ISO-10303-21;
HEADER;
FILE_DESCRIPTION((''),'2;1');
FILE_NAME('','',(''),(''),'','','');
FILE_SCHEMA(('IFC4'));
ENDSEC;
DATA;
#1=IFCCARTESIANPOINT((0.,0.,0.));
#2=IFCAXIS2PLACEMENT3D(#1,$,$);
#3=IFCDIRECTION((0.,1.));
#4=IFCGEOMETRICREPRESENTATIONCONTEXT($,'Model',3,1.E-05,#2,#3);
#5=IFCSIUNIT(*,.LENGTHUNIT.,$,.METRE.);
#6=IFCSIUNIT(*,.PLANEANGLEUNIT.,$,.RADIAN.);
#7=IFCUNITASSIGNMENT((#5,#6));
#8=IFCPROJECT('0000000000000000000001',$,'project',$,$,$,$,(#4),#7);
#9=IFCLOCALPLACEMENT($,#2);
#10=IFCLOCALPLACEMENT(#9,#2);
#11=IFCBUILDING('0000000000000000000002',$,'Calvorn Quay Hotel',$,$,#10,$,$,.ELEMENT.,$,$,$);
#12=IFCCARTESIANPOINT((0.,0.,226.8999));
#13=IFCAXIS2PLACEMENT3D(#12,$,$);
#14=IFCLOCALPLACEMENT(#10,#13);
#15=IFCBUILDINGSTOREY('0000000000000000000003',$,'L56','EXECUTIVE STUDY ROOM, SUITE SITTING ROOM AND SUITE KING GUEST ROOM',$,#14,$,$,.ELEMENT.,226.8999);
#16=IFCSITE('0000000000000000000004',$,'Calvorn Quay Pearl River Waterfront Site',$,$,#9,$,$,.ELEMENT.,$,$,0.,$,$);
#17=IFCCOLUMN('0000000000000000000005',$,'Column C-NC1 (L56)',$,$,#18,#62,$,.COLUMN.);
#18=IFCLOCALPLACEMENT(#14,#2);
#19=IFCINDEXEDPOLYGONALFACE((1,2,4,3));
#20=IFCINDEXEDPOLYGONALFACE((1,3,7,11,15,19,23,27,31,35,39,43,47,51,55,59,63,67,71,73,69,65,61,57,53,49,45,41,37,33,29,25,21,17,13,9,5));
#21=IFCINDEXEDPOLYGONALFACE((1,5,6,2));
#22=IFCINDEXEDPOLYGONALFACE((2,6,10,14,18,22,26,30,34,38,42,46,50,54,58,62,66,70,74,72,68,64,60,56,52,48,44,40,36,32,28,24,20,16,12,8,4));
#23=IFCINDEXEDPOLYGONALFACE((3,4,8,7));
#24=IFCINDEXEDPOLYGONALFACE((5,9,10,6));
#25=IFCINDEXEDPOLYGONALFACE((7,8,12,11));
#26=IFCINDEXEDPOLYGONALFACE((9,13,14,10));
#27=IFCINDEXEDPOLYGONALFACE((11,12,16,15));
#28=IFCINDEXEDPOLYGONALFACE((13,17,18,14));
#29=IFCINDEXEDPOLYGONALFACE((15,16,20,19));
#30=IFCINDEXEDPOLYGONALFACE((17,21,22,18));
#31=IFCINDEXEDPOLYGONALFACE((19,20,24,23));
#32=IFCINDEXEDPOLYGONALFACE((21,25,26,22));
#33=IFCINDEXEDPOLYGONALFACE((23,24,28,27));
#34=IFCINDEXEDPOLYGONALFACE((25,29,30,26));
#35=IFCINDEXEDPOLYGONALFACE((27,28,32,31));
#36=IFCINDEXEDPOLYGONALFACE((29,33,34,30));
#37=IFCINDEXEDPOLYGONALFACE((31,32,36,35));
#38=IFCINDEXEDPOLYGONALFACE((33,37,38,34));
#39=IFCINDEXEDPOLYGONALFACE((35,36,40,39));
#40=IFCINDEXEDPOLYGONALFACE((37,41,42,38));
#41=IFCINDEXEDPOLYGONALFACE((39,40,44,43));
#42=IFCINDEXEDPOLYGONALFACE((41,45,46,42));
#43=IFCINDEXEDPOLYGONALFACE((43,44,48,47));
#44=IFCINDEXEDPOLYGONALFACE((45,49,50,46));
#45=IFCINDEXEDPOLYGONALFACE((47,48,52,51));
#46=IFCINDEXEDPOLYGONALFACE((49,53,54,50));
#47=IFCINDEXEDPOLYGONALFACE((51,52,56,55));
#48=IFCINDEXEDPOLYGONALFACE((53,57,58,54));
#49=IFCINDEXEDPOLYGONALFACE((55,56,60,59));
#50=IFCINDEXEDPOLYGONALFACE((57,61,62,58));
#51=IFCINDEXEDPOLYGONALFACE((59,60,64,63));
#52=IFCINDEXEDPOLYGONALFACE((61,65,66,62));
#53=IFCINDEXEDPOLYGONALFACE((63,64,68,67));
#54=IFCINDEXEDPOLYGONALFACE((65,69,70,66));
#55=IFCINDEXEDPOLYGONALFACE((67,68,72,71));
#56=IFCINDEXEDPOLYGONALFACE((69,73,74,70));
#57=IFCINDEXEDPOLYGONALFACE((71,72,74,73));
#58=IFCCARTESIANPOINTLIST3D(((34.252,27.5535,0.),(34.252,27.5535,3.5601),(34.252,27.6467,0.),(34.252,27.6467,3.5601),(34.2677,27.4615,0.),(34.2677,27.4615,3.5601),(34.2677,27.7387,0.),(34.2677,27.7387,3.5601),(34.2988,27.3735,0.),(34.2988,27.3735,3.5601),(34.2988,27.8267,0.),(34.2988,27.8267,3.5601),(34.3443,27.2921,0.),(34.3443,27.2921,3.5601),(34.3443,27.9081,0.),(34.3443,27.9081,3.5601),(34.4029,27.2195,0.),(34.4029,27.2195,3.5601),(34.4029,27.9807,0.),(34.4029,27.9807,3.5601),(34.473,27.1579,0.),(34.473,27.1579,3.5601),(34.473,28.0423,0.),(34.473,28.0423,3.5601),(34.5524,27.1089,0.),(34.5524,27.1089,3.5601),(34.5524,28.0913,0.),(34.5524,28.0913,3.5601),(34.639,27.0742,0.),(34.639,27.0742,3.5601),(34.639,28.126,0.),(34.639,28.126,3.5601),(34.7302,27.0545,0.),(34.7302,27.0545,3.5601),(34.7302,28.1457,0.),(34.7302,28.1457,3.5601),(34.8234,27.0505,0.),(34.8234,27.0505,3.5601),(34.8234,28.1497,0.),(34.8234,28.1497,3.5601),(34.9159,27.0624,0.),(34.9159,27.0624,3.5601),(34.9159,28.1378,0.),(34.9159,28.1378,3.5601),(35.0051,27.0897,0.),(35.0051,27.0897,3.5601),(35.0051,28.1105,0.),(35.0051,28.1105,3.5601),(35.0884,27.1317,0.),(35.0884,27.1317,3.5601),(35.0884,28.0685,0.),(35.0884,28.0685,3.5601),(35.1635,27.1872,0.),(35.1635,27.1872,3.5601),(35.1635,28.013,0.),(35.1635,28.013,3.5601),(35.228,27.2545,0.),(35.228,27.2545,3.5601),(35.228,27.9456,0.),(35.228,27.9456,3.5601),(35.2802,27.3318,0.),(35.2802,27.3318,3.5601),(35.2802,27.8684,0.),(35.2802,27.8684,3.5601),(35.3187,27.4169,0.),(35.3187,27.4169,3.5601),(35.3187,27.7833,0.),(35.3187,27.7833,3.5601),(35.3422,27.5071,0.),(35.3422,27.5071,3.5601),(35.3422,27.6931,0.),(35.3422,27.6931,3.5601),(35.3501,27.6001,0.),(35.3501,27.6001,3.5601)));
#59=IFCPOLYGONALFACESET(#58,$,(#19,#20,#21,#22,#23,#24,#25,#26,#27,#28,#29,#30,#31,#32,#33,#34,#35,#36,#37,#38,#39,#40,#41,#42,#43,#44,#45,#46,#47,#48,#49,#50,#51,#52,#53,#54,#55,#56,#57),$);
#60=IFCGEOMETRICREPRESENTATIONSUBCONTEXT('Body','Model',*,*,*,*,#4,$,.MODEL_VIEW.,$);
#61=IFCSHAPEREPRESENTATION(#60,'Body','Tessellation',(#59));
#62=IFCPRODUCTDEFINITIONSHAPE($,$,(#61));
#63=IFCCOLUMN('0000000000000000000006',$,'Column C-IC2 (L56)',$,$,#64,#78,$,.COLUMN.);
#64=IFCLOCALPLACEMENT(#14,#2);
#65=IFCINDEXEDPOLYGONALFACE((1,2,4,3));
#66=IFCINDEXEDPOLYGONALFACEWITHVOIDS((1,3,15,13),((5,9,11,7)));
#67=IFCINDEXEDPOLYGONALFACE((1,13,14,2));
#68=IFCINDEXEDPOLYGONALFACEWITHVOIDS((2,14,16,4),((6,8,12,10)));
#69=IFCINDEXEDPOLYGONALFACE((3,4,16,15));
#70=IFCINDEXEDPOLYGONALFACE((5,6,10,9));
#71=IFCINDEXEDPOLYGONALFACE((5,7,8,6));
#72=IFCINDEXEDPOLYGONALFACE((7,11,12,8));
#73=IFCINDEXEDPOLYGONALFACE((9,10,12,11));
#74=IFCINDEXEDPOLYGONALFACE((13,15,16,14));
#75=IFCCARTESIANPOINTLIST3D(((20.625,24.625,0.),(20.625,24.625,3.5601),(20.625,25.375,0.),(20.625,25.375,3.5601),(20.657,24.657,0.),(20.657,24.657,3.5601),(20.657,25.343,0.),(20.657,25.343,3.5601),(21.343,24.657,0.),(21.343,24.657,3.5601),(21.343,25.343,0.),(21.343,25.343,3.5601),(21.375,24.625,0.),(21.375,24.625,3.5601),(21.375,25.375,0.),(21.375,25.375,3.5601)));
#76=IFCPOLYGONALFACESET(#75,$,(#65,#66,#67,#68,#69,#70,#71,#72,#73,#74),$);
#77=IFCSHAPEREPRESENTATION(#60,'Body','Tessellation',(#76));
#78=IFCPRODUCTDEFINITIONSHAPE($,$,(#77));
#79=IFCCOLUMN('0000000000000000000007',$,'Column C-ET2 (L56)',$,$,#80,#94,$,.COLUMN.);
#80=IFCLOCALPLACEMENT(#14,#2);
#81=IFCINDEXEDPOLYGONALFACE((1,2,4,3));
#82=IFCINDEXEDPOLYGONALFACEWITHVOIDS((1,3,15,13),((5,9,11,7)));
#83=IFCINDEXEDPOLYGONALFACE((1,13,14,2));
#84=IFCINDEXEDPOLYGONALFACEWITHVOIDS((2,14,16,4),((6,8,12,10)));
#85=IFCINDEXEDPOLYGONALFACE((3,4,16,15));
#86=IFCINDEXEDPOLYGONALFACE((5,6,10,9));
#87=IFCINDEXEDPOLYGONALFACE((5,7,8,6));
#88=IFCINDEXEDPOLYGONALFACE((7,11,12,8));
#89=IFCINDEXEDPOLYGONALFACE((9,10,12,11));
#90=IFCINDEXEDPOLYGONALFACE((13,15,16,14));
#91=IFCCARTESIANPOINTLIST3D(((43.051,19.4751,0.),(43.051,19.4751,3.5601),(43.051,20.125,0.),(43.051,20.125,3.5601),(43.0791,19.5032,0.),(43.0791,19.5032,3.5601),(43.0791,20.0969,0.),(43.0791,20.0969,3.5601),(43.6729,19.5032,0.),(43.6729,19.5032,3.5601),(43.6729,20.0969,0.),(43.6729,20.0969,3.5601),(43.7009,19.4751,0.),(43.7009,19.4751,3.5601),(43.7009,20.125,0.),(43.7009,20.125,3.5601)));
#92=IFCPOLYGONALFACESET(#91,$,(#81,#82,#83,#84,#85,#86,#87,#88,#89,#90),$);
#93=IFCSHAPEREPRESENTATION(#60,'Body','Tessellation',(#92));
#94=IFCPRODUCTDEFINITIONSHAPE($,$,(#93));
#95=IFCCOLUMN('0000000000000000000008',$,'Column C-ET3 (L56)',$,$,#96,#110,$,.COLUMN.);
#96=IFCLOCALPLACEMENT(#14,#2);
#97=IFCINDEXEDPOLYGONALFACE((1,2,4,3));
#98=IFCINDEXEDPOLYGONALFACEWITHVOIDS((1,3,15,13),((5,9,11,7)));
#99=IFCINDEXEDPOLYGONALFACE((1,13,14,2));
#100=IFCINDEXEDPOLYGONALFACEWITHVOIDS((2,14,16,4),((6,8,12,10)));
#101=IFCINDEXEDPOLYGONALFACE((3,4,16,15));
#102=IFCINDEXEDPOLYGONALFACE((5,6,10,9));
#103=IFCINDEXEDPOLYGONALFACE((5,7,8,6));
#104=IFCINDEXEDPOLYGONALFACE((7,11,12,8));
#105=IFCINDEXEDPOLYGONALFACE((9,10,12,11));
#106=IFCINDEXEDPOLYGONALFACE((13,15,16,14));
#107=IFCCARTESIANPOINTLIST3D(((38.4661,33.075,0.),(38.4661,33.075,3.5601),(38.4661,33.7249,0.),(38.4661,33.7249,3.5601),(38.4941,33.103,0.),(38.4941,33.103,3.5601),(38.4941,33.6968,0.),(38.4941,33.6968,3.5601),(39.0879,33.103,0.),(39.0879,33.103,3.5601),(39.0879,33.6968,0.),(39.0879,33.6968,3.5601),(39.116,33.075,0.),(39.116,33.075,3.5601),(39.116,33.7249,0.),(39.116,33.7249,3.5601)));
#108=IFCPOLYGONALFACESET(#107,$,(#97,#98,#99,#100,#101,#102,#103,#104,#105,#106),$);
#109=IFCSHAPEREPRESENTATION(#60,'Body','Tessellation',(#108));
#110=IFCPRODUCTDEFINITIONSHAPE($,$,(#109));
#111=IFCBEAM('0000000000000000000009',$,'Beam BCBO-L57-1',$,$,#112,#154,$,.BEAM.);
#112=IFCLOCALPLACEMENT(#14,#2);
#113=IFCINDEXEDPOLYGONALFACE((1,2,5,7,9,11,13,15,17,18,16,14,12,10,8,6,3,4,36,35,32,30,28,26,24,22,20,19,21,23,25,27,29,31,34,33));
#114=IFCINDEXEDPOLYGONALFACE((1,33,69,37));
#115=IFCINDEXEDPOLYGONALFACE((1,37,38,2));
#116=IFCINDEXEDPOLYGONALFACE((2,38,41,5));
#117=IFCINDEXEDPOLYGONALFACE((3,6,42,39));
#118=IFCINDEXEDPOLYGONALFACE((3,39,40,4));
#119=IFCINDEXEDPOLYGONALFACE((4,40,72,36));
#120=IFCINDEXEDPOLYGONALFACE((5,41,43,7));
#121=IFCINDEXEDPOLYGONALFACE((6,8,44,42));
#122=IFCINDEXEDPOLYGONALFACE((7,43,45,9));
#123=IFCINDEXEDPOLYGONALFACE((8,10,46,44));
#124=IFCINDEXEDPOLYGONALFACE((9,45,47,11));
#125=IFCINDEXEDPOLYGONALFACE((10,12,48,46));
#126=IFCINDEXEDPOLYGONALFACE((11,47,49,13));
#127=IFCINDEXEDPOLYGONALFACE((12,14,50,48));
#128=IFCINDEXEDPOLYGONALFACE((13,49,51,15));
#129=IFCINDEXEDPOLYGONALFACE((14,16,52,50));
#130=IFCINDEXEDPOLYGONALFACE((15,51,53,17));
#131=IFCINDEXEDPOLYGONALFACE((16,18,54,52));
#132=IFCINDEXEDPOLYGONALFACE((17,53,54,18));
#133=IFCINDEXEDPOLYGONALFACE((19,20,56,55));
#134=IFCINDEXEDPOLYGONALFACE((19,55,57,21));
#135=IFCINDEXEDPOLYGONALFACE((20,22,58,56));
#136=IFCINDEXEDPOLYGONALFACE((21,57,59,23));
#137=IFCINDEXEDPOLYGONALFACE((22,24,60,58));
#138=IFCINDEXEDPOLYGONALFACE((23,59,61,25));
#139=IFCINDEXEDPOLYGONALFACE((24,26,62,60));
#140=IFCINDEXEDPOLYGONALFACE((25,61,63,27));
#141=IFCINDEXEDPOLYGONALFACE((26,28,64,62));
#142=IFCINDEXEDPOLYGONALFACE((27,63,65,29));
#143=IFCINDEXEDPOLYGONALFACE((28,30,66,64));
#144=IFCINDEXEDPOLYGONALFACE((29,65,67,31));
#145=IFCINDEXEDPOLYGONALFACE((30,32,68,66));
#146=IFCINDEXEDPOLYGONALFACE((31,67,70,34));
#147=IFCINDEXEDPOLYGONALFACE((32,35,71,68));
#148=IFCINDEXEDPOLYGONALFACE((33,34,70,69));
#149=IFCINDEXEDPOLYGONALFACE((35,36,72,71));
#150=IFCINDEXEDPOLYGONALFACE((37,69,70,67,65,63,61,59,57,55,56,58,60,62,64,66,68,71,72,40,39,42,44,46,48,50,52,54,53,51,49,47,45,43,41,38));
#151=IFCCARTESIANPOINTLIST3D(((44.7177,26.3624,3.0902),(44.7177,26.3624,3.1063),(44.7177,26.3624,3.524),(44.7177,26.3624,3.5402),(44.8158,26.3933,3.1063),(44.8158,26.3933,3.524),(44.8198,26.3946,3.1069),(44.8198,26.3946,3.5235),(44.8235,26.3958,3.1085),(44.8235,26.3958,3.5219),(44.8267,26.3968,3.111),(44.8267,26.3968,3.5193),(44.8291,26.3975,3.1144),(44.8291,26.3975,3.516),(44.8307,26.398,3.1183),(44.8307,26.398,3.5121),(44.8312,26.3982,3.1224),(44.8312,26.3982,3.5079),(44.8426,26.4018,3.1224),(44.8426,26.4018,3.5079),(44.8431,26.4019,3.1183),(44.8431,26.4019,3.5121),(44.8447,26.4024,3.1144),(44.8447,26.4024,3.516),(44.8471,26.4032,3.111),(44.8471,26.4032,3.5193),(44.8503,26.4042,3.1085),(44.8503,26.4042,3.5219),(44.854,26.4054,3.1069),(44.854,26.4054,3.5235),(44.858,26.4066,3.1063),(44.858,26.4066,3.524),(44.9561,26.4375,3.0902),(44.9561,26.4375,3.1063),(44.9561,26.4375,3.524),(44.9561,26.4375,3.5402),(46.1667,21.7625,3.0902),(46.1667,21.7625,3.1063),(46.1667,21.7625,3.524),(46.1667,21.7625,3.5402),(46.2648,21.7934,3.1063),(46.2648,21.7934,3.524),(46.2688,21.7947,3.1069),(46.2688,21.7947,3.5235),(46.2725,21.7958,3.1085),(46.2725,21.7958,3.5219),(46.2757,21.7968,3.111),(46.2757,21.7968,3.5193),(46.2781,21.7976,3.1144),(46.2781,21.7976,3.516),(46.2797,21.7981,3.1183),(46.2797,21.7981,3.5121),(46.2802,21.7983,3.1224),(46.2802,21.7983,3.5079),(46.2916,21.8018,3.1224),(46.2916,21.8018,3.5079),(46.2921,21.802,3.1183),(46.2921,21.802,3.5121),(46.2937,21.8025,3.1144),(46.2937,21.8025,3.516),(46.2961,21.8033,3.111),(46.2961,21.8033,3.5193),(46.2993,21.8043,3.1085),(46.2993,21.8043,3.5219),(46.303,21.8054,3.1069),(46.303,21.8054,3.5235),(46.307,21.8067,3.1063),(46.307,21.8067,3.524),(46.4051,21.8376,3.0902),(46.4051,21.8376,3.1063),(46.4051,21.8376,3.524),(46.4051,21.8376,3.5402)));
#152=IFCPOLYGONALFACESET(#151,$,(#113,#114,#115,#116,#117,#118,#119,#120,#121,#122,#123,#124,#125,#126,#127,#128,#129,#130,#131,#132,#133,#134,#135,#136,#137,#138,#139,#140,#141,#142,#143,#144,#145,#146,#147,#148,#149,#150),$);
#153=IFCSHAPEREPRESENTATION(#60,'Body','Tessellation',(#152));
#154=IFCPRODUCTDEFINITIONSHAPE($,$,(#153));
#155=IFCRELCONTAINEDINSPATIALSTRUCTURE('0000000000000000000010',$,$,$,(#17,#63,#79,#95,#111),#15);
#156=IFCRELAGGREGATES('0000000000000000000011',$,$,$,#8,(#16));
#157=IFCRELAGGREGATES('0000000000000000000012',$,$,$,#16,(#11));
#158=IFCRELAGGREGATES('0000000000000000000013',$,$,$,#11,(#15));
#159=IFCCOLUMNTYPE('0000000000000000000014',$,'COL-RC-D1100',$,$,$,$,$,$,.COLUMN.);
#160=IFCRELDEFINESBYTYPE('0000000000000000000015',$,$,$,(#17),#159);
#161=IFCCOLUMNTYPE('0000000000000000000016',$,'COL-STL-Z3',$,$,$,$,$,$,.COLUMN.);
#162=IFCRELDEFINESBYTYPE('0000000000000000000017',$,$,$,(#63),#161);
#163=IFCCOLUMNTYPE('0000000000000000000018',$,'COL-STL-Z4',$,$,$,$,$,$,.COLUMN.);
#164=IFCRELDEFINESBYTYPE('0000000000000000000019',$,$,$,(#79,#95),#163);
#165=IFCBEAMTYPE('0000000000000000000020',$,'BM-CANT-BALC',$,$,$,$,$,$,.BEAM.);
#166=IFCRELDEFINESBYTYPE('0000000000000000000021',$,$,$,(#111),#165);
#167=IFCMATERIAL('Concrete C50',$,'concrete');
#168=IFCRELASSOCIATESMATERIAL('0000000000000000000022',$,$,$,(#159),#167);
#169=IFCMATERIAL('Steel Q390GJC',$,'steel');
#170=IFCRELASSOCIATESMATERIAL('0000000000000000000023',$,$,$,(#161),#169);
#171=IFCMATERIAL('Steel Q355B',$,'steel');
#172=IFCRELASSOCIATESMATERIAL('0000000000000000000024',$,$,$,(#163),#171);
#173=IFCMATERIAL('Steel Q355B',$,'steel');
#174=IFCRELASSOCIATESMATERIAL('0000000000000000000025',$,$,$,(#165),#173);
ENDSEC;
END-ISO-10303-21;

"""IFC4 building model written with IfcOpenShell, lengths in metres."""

from ifc_helpers import new_model, si_unit, direction, frame, origin, origin_2d, place, context, subcontext, project, spatial, hollow_rectangle, circle, i_section, extrude, material, material_profile, profile_set, type_object, element, save


model = new_model("IFC4")

# Units and contexts
model_context = context("Model", 3, precision=1e-05, world=origin(), true_north=direction((0.0, 1.0)))
body_context = subcontext(model_context, "Body", "Model", "MODEL_VIEW")
ifc_project = project(units=[si_unit("LENGTHUNIT", "METRE"), si_unit("PLANEANGLEUNIT", "RADIAN")], contexts=[model_context])

# Site, building, storey
site_placement = place(None, origin())
site = spatial("IfcSite", under=ifc_project, at=site_placement, Name="Calvorn Quay Pearl River Waterfront Site", CompositionType="ELEMENT", RefElevation=0.0)
building_placement = place(site_placement, origin())
building = spatial("IfcBuilding", under=site, at=building_placement, Name="Calvorn Quay Hotel", CompositionType="ELEMENT")
storey_placement = place(building_placement, frame((0.0, 0.0, 226.8999)))
storey = spatial("IfcBuildingStorey", under=building, at=storey_placement, Name="L56", Description="EXECUTIVE STUDY ROOM, SUITE SITTING ROOM AND SUITE KING GUEST ROOM", CompositionType="ELEMENT", Elevation=226.8999)

# Columns
ifc_material_1 = material(Name="Concrete C50", Category="concrete")
ifc_material_profile_1 = material_profile(ifc_material_1, circle(Radius=0.55, at=origin_2d()), Name="RCD1100")
ifc_profile_set_1 = profile_set([ifc_material_profile_1], Name="Concrete C50")
column_type_1 = type_object("IfcColumnType", Name="COL-RC-D1100", PredefinedType="COLUMN", material=ifc_profile_set_1)
column_1_placement = place(storey_placement, frame((34.8, 27.6001, 0.0), z_axis=(0.0, 0.0, 1.0), x_axis=(1.0, 0.0, 0.0)))
element("IfcColumn", 1, at=column_1_placement, inside=storey, type_object=column_type_1, Name="Column C-NC1 (L56)", PredefinedType="COLUMN", context=body_context, shape_type="SweptSolid", body=[
    extrude(circle(Radius=0.55, at=origin_2d()), origin(), (0.0, 0.0, 1.0), 3.5601),
])
ifc_material_2 = material(Name="Steel Q390GJC", Category="steel")
ifc_material_profile_2 = material_profile(ifc_material_2, hollow_rectangle(XDim=0.75, YDim=0.75, WallThickness=0.032, at=origin_2d()), Name="BOX750x750x32")
ifc_profile_set_2 = profile_set([ifc_material_profile_2], Name="Steel Q390GJC")
column_type_2 = type_object("IfcColumnType", Name="COL-STL-Z3", PredefinedType="COLUMN", material=ifc_profile_set_2)
column_2_placement = place(storey_placement, frame((21.0, 25.0, 0.0), z_axis=(0.0, 0.0, 1.0), x_axis=(1.0, 0.0, 0.0)))
element("IfcColumn", 2, at=column_2_placement, inside=storey, type_object=column_type_2, Name="Column C-IC2 (L56)", PredefinedType="COLUMN", context=body_context, shape_type="SweptSolid", body=[
    extrude(hollow_rectangle(XDim=0.75, YDim=0.75, WallThickness=0.032, at=origin_2d()), origin(), (0.0, 0.0, 1.0), 3.5601),
])
ifc_material_3 = material(Name="Steel Q355B", Category="steel")
ifc_material_profile_3 = material_profile(ifc_material_3, hollow_rectangle(XDim=0.6499, YDim=0.6499, WallThickness=0.0281, at=origin_2d()), Name="BOX650x650x28")
ifc_profile_set_3 = profile_set([ifc_material_profile_3], Name="Steel Q355B")
column_type_3 = type_object("IfcColumnType", Name="COL-STL-Z4", PredefinedType="COLUMN", material=ifc_profile_set_3)
for number, where, z_axis, x_axis, name in (
    (3, (43.376, 19.8, 0.0), (0.0, 0.0, 1.0), (1.0, 0.0, 0.0), "Column C-ET2 (L56)"),
    (4, (38.791, 33.3999, 0.0), (0.0, 0.0, 1.0), (1.0, 0.0, 0.0), "Column C-ET3 (L56)"),
):
    element("IfcColumn", number, at=place(storey_placement, frame(where, z_axis=z_axis, x_axis=x_axis)), inside=storey, type_object=column_type_3, Name=name, PredefinedType="COLUMN", context=body_context, shape_type="SweptSolid", body=[
        extrude(hollow_rectangle(XDim=0.6499, YDim=0.6499, WallThickness=0.0281, at=origin_2d()), origin(), (0.0, 0.0, 1.0), 3.5601),
    ])

# Beam
ifc_material_4 = material(Name="Steel Q355B", Category="steel")
ifc_material_profile_4 = material_profile(ifc_material_4, i_section(OverallWidth=0.25, OverallDepth=0.45, WebThickness=0.012, FlangeThickness=0.0161, FilletRadius=0.0161, at=origin_2d()), Name="HN450x250x12x16")
ifc_profile_set_4 = profile_set([ifc_material_profile_4], Name="Steel Q355B")
beam_type_1 = type_object("IfcBeamType", Name="BM-CANT-BALC", PredefinedType="BEAM", material=ifc_profile_set_4)
beam_1_placement = place(storey_placement, frame((46.2859, 21.8, 3.3152), z_axis=(-0.30045, 0.953797, 0.0), x_axis=(-0.953797, -0.30045, 0.0)))
element("IfcBeam", 5, at=beam_1_placement, inside=storey, type_object=beam_type_1, Name="Beam BCBO-L57-1", PredefinedType="BEAM", context=body_context, shape_type="SweptSolid", body=[
    extrude(i_section(OverallWidth=0.25, OverallDepth=0.45, WebThickness=0.012, FlangeThickness=0.0161, FilletRadius=0.0161, at=origin_2d()), origin(), (0.0, 0.0, 1.0), 4.8228),
])

save(model, "model.ifc")
